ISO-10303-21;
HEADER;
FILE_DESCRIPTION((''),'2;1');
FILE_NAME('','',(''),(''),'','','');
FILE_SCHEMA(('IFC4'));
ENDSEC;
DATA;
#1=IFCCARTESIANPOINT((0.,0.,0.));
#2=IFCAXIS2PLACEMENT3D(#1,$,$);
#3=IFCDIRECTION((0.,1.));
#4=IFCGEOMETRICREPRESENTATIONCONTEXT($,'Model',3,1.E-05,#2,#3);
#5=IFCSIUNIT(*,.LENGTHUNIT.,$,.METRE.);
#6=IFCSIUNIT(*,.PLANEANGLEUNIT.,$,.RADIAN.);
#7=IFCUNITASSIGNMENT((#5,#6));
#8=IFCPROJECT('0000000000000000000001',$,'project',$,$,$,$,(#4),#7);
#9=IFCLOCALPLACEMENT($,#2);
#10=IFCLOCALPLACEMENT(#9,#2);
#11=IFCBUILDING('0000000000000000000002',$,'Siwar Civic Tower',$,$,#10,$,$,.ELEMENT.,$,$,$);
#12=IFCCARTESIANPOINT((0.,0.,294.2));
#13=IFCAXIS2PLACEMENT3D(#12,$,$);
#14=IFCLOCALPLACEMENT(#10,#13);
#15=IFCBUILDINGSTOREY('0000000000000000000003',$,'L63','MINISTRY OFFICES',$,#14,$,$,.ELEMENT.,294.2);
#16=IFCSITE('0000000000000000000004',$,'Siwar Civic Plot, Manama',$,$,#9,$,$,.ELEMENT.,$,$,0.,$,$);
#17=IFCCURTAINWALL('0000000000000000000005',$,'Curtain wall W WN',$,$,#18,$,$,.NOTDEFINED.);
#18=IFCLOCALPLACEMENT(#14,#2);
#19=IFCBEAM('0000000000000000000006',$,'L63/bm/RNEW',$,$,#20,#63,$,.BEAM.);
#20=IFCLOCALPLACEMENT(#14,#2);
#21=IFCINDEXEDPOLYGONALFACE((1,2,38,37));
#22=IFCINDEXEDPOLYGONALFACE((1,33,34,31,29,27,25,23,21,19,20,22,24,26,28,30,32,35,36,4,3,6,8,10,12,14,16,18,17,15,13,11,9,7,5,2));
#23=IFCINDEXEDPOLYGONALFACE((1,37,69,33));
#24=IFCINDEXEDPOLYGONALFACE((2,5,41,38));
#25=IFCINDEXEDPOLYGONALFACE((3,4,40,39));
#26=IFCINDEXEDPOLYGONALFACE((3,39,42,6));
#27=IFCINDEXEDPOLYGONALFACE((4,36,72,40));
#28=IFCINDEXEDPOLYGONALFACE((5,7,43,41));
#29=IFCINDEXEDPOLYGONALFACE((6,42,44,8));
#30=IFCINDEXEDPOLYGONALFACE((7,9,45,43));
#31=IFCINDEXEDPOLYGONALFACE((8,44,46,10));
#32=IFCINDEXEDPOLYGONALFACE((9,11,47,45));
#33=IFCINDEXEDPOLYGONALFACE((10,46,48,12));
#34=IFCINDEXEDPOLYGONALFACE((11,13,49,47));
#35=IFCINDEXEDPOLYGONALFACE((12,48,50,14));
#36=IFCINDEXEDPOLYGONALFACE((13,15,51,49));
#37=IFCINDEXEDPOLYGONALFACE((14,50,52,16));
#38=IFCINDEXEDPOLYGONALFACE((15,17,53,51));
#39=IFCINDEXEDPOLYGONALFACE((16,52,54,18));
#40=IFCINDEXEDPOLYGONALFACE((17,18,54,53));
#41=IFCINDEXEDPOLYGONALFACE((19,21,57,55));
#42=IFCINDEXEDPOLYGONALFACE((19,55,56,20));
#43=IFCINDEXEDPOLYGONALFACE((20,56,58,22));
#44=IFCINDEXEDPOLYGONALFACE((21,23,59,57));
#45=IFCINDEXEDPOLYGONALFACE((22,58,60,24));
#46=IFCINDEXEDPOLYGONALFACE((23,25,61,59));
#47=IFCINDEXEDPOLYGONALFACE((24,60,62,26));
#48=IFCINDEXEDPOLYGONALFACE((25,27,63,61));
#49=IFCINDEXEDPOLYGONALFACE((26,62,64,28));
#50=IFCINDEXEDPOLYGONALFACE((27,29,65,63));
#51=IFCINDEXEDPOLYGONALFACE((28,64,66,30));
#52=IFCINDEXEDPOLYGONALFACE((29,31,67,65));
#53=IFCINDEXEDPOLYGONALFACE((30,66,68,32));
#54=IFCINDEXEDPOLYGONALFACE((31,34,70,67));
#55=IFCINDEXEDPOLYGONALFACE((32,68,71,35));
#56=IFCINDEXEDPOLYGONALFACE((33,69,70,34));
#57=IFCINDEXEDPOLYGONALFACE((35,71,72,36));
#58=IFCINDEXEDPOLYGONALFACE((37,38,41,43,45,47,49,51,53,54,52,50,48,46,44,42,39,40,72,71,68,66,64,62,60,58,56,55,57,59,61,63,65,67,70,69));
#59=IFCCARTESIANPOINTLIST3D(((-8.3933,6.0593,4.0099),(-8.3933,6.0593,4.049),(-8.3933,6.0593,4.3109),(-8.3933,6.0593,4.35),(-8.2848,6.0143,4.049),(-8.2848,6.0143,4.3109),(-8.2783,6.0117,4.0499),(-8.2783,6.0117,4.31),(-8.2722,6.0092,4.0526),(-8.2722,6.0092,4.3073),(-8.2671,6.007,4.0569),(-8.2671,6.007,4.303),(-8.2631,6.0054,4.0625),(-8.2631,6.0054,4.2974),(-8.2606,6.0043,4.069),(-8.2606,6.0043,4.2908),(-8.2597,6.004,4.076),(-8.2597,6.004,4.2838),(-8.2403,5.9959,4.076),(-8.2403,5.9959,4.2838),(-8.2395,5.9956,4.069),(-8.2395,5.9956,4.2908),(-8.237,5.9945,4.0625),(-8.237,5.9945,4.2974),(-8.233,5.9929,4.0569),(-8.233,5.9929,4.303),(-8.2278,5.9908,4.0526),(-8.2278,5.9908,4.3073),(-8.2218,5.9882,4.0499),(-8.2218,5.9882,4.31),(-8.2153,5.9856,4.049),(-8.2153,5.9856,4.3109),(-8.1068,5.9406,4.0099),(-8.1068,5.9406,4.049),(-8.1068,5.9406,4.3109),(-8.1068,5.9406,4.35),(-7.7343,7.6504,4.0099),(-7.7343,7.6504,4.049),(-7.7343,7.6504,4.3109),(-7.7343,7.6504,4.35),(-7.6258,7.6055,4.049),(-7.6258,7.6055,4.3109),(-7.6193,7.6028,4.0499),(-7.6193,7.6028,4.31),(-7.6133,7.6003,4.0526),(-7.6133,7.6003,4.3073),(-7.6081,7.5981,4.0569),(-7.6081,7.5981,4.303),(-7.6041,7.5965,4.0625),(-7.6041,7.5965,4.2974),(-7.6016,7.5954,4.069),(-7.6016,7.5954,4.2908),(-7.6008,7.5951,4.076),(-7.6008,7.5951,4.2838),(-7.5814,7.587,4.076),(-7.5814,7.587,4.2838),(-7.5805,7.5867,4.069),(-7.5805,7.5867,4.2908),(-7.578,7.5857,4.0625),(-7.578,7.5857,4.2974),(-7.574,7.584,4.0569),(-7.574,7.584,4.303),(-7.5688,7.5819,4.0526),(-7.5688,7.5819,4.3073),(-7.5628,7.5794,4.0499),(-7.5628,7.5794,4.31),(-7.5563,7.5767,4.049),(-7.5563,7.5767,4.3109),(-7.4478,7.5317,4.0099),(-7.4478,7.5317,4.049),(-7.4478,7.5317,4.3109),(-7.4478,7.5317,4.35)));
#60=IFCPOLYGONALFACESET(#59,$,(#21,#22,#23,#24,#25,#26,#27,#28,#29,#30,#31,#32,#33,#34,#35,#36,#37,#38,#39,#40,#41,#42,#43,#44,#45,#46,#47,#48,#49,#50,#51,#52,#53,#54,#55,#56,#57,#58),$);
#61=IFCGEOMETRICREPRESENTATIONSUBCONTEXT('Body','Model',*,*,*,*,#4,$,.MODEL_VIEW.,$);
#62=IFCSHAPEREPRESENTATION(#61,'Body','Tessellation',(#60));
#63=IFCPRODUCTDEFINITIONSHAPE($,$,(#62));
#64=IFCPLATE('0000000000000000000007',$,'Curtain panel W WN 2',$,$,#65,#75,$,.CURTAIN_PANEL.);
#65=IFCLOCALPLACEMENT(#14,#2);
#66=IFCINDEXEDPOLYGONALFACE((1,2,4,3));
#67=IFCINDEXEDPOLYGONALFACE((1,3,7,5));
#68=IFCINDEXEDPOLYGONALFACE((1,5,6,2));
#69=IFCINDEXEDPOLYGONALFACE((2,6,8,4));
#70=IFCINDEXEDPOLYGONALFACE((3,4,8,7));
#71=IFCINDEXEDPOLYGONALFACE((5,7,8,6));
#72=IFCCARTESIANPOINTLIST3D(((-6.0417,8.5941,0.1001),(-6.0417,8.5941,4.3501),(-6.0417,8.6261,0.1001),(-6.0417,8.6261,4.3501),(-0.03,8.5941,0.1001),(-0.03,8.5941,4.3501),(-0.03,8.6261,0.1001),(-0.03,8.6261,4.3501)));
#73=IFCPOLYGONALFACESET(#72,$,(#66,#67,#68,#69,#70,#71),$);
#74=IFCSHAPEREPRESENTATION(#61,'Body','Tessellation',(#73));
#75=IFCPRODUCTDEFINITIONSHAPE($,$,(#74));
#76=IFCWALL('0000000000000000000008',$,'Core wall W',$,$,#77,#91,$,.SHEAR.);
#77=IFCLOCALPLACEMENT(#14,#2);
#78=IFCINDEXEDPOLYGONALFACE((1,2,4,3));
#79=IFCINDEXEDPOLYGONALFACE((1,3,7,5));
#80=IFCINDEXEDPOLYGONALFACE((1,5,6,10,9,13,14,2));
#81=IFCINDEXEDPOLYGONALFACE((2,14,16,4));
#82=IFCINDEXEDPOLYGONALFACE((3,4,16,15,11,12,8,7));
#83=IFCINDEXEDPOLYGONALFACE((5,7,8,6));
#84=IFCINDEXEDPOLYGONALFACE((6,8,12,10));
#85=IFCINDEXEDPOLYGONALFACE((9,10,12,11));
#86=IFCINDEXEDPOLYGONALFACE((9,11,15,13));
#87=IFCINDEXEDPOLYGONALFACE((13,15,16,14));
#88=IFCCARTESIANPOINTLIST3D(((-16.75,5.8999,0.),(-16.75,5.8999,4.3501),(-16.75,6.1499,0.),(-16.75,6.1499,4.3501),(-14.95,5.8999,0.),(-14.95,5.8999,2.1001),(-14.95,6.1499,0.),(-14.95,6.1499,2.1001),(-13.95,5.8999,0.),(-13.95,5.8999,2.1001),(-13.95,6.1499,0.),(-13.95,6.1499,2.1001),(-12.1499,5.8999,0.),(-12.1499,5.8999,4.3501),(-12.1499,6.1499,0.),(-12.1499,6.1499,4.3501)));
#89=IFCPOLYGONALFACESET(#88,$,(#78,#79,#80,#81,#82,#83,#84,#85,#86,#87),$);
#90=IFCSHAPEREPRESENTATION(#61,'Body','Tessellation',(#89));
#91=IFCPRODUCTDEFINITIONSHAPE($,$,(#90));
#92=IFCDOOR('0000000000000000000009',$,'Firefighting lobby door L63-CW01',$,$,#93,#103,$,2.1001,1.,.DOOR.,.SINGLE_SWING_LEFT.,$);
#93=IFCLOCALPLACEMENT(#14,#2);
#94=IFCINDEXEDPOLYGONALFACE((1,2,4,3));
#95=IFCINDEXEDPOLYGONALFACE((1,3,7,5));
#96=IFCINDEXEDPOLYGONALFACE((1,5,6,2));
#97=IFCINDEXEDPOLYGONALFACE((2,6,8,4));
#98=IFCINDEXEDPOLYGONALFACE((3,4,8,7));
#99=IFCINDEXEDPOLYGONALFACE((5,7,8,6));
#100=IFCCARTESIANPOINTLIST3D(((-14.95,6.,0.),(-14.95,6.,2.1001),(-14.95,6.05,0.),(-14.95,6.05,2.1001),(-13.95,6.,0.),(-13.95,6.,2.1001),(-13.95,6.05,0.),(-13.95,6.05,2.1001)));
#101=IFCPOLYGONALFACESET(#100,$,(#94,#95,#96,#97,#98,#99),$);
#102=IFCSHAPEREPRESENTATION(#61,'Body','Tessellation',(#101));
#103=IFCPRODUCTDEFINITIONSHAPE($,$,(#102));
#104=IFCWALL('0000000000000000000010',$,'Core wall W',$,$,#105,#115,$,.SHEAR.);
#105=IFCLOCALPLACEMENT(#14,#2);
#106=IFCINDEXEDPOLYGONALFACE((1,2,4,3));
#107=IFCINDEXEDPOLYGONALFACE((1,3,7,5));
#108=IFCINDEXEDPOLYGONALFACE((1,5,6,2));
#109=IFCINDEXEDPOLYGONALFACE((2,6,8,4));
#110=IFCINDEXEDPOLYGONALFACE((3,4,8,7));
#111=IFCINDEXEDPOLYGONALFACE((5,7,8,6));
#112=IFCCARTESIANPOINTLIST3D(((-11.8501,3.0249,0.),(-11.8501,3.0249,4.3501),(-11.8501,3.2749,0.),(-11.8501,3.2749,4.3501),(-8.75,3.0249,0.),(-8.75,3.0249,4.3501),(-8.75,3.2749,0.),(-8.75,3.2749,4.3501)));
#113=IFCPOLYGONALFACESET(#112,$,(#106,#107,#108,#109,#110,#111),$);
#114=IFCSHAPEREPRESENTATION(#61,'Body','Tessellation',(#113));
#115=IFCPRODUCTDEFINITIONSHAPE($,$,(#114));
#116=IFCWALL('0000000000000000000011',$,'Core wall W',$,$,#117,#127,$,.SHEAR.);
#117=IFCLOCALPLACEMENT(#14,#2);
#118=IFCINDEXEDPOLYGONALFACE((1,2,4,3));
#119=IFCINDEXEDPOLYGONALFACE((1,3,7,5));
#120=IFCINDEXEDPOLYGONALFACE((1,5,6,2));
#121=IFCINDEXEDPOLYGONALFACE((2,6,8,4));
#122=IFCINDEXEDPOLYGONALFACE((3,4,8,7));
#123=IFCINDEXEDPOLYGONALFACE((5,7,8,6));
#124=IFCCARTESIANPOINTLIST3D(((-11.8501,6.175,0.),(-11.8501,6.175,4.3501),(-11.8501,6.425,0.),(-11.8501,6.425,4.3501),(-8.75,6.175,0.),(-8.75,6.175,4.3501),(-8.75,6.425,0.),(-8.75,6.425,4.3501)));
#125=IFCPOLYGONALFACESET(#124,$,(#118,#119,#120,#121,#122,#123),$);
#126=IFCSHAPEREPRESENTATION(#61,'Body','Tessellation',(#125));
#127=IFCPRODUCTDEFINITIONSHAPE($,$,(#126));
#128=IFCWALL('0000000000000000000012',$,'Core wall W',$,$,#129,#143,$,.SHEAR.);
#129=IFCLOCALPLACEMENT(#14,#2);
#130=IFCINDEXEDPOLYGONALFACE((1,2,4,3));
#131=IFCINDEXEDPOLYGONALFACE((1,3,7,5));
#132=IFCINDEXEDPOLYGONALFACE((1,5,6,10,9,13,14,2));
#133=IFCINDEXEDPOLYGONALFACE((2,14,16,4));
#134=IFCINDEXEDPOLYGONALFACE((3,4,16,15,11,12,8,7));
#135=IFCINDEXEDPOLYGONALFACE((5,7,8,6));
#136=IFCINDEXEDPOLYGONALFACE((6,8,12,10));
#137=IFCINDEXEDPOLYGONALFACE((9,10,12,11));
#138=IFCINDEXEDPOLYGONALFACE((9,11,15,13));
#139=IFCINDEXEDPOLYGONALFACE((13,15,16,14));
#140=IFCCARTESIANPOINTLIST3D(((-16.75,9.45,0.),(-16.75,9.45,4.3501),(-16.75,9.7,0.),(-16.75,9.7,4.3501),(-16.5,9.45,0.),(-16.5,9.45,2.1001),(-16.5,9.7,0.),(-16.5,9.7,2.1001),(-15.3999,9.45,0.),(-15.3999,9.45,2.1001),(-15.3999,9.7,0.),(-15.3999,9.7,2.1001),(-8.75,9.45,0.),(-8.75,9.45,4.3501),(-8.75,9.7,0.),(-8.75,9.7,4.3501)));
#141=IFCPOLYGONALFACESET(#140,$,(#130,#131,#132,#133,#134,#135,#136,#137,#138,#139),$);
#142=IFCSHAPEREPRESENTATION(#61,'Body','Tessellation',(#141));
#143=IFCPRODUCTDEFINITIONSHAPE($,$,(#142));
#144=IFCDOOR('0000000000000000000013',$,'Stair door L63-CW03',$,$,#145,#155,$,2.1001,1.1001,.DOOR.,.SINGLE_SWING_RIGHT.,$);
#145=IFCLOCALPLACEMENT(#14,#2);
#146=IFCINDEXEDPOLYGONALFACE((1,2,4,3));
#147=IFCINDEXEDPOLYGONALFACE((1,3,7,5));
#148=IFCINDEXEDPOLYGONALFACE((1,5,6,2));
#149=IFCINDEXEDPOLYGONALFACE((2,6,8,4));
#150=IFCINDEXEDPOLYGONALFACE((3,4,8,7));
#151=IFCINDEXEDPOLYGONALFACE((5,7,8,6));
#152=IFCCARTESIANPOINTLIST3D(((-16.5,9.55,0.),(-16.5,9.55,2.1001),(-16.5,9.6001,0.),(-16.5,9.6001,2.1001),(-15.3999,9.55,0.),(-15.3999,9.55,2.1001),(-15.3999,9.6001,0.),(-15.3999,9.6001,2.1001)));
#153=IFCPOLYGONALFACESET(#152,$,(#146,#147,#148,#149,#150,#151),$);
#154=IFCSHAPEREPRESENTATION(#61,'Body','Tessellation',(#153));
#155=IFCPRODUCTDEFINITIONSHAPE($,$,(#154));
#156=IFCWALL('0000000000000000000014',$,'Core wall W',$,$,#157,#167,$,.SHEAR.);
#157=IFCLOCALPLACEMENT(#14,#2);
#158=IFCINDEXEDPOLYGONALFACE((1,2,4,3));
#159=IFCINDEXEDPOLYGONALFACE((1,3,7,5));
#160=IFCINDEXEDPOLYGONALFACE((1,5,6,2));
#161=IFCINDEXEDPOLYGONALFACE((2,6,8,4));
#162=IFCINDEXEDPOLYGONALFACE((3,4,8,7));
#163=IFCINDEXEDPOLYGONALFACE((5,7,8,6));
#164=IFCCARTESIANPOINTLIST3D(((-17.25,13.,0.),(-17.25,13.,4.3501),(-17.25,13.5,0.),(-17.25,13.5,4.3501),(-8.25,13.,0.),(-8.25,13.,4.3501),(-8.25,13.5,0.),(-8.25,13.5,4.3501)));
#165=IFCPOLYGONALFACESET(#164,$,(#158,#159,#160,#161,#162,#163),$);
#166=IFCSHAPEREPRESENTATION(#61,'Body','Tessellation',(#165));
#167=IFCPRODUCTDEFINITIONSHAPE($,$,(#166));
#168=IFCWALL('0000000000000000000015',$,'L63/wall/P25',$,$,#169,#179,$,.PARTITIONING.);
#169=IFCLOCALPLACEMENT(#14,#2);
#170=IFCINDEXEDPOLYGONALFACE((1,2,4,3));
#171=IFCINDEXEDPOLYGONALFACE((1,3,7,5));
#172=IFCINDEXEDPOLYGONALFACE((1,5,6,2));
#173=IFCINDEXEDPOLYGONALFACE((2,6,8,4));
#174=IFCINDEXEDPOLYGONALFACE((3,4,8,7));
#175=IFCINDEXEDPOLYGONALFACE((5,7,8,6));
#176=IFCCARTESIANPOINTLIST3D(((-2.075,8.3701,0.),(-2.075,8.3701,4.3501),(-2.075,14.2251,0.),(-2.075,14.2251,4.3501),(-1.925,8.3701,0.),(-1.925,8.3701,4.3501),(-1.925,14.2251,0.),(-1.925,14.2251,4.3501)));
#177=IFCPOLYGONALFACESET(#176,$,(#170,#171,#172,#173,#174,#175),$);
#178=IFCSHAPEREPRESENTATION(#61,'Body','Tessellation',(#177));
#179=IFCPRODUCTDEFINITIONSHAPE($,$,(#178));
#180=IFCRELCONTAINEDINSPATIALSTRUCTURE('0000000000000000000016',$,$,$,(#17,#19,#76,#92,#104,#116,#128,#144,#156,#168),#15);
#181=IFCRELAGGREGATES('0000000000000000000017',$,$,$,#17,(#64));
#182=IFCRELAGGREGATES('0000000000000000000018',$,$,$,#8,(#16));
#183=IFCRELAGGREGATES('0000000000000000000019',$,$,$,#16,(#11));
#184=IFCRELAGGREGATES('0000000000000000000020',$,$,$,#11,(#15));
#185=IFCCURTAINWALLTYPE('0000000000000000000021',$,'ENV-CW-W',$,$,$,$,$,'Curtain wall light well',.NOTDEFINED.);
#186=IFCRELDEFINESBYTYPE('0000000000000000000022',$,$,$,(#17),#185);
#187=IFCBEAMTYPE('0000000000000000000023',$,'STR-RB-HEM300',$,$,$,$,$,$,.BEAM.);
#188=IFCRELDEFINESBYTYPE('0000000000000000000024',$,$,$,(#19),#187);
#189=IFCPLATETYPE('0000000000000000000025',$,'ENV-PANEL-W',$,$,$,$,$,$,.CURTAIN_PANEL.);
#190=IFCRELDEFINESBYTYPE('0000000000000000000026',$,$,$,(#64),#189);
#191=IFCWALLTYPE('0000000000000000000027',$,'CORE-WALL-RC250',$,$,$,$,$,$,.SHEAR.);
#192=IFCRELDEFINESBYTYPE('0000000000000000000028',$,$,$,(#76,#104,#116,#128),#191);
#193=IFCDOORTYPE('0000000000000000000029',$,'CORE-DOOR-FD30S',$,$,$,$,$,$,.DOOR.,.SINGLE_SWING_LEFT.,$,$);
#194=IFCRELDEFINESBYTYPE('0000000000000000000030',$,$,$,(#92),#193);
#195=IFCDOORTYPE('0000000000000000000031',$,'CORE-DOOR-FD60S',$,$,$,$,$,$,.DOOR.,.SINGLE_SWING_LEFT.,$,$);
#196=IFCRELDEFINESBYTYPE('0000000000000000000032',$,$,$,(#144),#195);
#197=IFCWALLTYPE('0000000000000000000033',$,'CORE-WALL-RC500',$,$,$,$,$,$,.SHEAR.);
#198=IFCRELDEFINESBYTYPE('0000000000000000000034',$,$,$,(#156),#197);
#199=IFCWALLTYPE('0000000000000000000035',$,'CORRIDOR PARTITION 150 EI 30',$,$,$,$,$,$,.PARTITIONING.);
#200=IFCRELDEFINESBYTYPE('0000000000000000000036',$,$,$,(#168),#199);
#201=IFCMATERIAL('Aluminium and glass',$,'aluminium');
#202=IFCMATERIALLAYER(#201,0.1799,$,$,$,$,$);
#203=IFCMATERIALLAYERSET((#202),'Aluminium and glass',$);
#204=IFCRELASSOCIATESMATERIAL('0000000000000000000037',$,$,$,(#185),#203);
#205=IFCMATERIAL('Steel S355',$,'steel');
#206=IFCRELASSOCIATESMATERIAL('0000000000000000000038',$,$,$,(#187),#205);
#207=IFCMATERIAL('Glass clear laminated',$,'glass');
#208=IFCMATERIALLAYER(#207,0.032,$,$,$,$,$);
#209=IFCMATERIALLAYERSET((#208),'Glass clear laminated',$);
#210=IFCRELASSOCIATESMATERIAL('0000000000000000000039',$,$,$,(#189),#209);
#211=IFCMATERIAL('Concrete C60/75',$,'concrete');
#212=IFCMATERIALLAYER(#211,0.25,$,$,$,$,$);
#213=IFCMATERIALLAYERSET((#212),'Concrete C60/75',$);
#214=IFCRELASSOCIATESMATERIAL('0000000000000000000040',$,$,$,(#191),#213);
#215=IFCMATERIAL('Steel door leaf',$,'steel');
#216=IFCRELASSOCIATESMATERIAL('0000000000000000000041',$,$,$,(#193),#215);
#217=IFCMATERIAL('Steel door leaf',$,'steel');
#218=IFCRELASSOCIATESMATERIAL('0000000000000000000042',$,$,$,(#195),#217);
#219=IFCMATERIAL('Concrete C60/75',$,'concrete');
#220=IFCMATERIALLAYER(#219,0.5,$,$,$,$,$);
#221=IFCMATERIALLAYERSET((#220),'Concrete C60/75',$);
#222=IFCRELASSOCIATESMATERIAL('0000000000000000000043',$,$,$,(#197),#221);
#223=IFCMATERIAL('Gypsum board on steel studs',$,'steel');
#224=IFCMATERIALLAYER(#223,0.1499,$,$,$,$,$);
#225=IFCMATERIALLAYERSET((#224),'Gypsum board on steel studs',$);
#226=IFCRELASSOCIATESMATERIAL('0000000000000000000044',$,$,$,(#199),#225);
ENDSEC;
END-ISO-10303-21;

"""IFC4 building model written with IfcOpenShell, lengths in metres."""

from ifc_helpers import new_model, si_unit, direction, frame, frame_2d, origin, origin_2d, place, context, subcontext, project, spatial, rectangle, i_section, extrude, material, layer, layer_set, material_profile, profile_set, type_object, element, fill, aggregate, save


model = new_model("IFC4")

# Units and contexts
model_context = context("Model", 3, precision=1e-05, world=origin(), true_north=direction((0.0, 1.0)))
body_context = subcontext(model_context, "Body", "Model", "MODEL_VIEW")
ifc_project = project(units=[si_unit("LENGTHUNIT", "METRE"), si_unit("PLANEANGLEUNIT", "RADIAN")], contexts=[model_context])

# Site, building, storey
site_placement = place(None, origin())
site = spatial("IfcSite", under=ifc_project, at=site_placement, Name="Siwar Civic Plot, Manama", CompositionType="ELEMENT", RefElevation=0.0)
building_placement = place(site_placement, origin())
building = spatial("IfcBuilding", under=site, at=building_placement, Name="Siwar Civic Tower", CompositionType="ELEMENT")
storey_placement = place(building_placement, frame((0.0, 0.0, 294.2)))
storey = spatial("IfcBuildingStorey", under=building, at=storey_placement, Name="L63", Description="MINISTRY OFFICES", CompositionType="ELEMENT", Elevation=294.2)

# Curtain wall
ifc_material_1 = material(Name="Aluminium and glass", Category="aluminium")
ifc_layer_1 = layer(ifc_material_1, 0.1799)
ifc_layer_set_1 = layer_set([ifc_layer_1], Name="Aluminium and glass")
curtain_wall_type = type_object("IfcCurtainWallType", Name="ENV-CW-W", ElementType="Curtain wall light well", PredefinedType="NOTDEFINED", material=ifc_layer_set_1)
curtain_wall_placement = place(storey_placement, origin())
curtain_wall = element("IfcCurtainWall", 1, at=curtain_wall_placement, inside=storey, type_object=curtain_wall_type, Name="Curtain wall W WN", PredefinedType="NOTDEFINED")

# Beam
ifc_material_2 = material(Name="Steel S355", Category="steel")
ifc_material_profile_1 = material_profile(ifc_material_2, i_section(OverallWidth=0.3101, OverallDepth=0.3401, WebThickness=0.021, FlangeThickness=0.0391, FilletRadius=0.0271, at=origin_2d()), Name="HEM300")
ifc_profile_set_1 = profile_set([ifc_material_profile_1], Name="Steel S355")
beam_type_1 = type_object("IfcBeamType", Name="STR-RB-HEM300", PredefinedType="BEAM", material=ifc_profile_set_1)
beam_1_placement = place(storey_placement, frame((-7.5911, 7.5911, 4.1799), z_axis=(-0.382631, -0.923901, 0.0), x_axis=(0.923901, -0.382631, 0.0)))
element("IfcBeam", 2, at=beam_1_placement, inside=storey, type_object=beam_type_1, Name="L63/bm/RNEW", PredefinedType="BEAM", context=body_context, shape_type="SweptSolid", body=[
    extrude(i_section(OverallWidth=0.3101, OverallDepth=0.3401, WebThickness=0.021, FlangeThickness=0.0391, FilletRadius=0.0271, at=origin_2d()), origin(), (0.0, 0.0, 1.0), 1.7222),
])

# Plate
ifc_material_3 = material(Name="Glass clear laminated", Category="glass")
ifc_layer_2 = layer(ifc_material_3, 0.032)
ifc_layer_set_2 = layer_set([ifc_layer_2], Name="Glass clear laminated")
plate_type = type_object("IfcPlateType", Name="ENV-PANEL-W", PredefinedType="CURTAIN_PANEL", material=ifc_layer_set_2)
plate_placement = place(storey_placement, frame((-3.0359, 8.6101, 0.1001), z_axis=(0.0, 0.0, 1.0), x_axis=(-1.0, 0.0, 0.0)))
plate = element("IfcPlate", 3, at=plate_placement, type_object=plate_type, Name="Curtain panel W WN 2", PredefinedType="CURTAIN_PANEL", context=body_context, shape_type="SweptSolid", body=[
    extrude(rectangle(XDim=6.0117, YDim=0.032, at=origin_2d()), origin(), (0.0, 0.0, 1.0), 4.25),
])
aggregate(curtain_wall, [plate])

# Wall, opening, door
ifc_material_4 = material(Name="Concrete C60/75", Category="concrete")
ifc_layer_3 = layer(ifc_material_4, 0.25)
ifc_layer_set_3 = layer_set([ifc_layer_3], Name="Concrete C60/75")
wall_type_1 = type_object("IfcWallType", Name="CORE-WALL-RC250", PredefinedType="SHEAR", material=ifc_layer_set_3)
wall_1_placement = place(storey_placement, frame((-12.1499, 6.0249, 0.0), z_axis=(0.0, 0.0, 1.0), x_axis=(-1.0, 0.0, 0.0)))
wall_1 = element("IfcWall", 4, at=wall_1_placement, inside=storey, type_object=wall_type_1, Name="Core wall W", PredefinedType="SHEAR", context=body_context, shape_type="SweptSolid", body=[
    extrude(rectangle(XDim=4.6001, YDim=0.25, at=frame_2d((2.3, 0.0))), origin(), (0.0, 0.0, 1.0), 4.3501),
])
opening_1_placement = place(wall_1_placement, frame((1.8, 0.0, 0.0)))
opening_1 = element("IfcOpeningElement", 5, at=opening_1_placement, cuts=wall_1, PredefinedType="OPENING", context=body_context, shape_type="SweptSolid", body=[
    extrude(rectangle(XDim=1.0, YDim=2.1001, at=frame_2d((0.5, 1.05))), frame((0.0, 0.135, 0.0), z_axis=(0.0, -1.0, 0.0), x_axis=(1.0, 0.0, 0.0)), (0.0, 0.0, 1.0), 0.27),
])
ifc_material_5 = material(Name="Steel door leaf", Category="steel")
door_type_1 = type_object("IfcDoorType", Name="CORE-DOOR-FD30S", OperationType="SINGLE_SWING_LEFT", PredefinedType="DOOR", material=ifc_material_5)
door_1_placement = place(opening_1_placement, origin())
door_1 = element("IfcDoor", 6, at=door_1_placement, inside=storey, type_object=door_type_1, Name="Firefighting lobby door L63-CW01", OperationType="SINGLE_SWING_LEFT", OverallHeight=2.1001, OverallWidth=1.0, PredefinedType="DOOR", context=body_context, shape_type="SweptSolid", body=[
    extrude(rectangle(XDim=1.0, YDim=2.1001, at=frame_2d((0.5, 1.05))), frame((0.0, 0.0249, 0.0), z_axis=(0.0, -1.0, 0.0), x_axis=(1.0, 0.0, 0.0)), (0.0, 0.0, 1.0), 0.05),
])
fill(opening_1, door_1)

# Walls
for number, where, z_axis, x_axis, name in (
    (7, (-8.75, 3.1499, 0.0), (0.0, 0.0, 1.0), (-1.0, 0.0, 0.0), "Core wall W"),
    (8, (-8.75, 6.3, 0.0), (0.0, 0.0, 1.0), (-1.0, 0.0, 0.0), "Core wall W"),
):
    element("IfcWall", number, at=place(storey_placement, frame(where, z_axis=z_axis, x_axis=x_axis)), inside=storey, type_object=wall_type_1, Name=name, PredefinedType="SHEAR", context=body_context, shape_type="SweptSolid", body=[
        extrude(rectangle(XDim=3.1001, YDim=0.25, at=frame_2d((1.55, 0.0))), origin(), (0.0, 0.0, 1.0), 4.3501),
    ])

# Wall, opening, door
wall_2_placement = place(storey_placement, frame((-8.75, 9.575, 0.0), z_axis=(0.0, 0.0, 1.0), x_axis=(-1.0, 0.0, 0.0)))
wall_2 = element("IfcWall", 9, at=wall_2_placement, inside=storey, type_object=wall_type_1, Name="Core wall W", PredefinedType="SHEAR", context=body_context, shape_type="SweptSolid", body=[
    extrude(rectangle(XDim=8.0, YDim=0.25, at=frame_2d((4.0, 0.0))), origin(), (0.0, 0.0, 1.0), 4.3501),
])
opening_2_placement = place(wall_2_placement, frame((6.6499, 0.0, 0.0)))
opening_2 = element("IfcOpeningElement", 10, at=opening_2_placement, cuts=wall_2, PredefinedType="OPENING", context=body_context, shape_type="SweptSolid", body=[
    extrude(rectangle(XDim=1.1001, YDim=2.1001, at=frame_2d((0.55, 1.05))), frame((0.0, 0.135, 0.0), z_axis=(0.0, -1.0, 0.0), x_axis=(1.0, 0.0, 0.0)), (0.0, 0.0, 1.0), 0.27),
])
ifc_material_6 = material(Name="Steel door leaf", Category="steel")
door_type_2 = type_object("IfcDoorType", Name="CORE-DOOR-FD60S", OperationType="SINGLE_SWING_LEFT", PredefinedType="DOOR", material=ifc_material_6)
door_2_placement = place(opening_2_placement, origin())
door_2 = element("IfcDoor", 11, at=door_2_placement, inside=storey, type_object=door_type_2, Name="Stair door L63-CW03", OperationType="SINGLE_SWING_RIGHT", OverallHeight=2.1001, OverallWidth=1.1001, PredefinedType="DOOR", context=body_context, shape_type="SweptSolid", body=[
    extrude(rectangle(XDim=1.1001, YDim=2.1001, at=frame_2d((0.55, 1.05))), frame((0.0, 0.0249, 0.0), z_axis=(0.0, -1.0, 0.0), x_axis=(1.0, 0.0, 0.0)), (0.0, 0.0, 1.0), 0.05),
])
fill(opening_2, door_2)

# Walls
ifc_material_7 = material(Name="Concrete C60/75", Category="concrete")
ifc_layer_4 = layer(ifc_material_7, 0.5)
ifc_layer_set_4 = layer_set([ifc_layer_4], Name="Concrete C60/75")
wall_type_2 = type_object("IfcWallType", Name="CORE-WALL-RC500", PredefinedType="SHEAR", material=ifc_layer_set_4)
wall_3_placement = place(storey_placement, frame((-8.25, 13.25, 0.0), z_axis=(0.0, 0.0, 1.0), x_axis=(-1.0, 0.0, 0.0)))
element("IfcWall", 12, at=wall_3_placement, inside=storey, type_object=wall_type_2, Name="Core wall W", PredefinedType="SHEAR", context=body_context, shape_type="SweptSolid", body=[
    extrude(rectangle(XDim=9.0, YDim=0.5, at=frame_2d((4.5, 0.0))), origin(), (0.0, 0.0, 1.0), 4.3501),
])
ifc_material_8 = material(Name="Gypsum board on steel studs", Category="steel")
ifc_layer_5 = layer(ifc_material_8, 0.1499)
ifc_layer_set_5 = layer_set([ifc_layer_5], Name="Gypsum board on steel studs")
wall_type_3 = type_object("IfcWallType", Name="CORRIDOR PARTITION 150 EI 30", PredefinedType="PARTITIONING", material=ifc_layer_set_5)
wall_4_placement = place(storey_placement, frame((-2.0, 8.3701, 0.0), z_axis=(0.0, 0.0, 1.0), x_axis=(0.0, 1.0, 0.0)))
element("IfcWall", 13, at=wall_4_placement, inside=storey, type_object=wall_type_3, Name="L63/wall/P25", PredefinedType="PARTITIONING", context=body_context, shape_type="SweptSolid", body=[
    extrude(rectangle(XDim=5.855, YDim=0.1499, at=frame_2d((2.9275, 0.0))), origin(), (0.0, 0.0, 1.0), 4.3501),
])

save(model, "model.ifc")
